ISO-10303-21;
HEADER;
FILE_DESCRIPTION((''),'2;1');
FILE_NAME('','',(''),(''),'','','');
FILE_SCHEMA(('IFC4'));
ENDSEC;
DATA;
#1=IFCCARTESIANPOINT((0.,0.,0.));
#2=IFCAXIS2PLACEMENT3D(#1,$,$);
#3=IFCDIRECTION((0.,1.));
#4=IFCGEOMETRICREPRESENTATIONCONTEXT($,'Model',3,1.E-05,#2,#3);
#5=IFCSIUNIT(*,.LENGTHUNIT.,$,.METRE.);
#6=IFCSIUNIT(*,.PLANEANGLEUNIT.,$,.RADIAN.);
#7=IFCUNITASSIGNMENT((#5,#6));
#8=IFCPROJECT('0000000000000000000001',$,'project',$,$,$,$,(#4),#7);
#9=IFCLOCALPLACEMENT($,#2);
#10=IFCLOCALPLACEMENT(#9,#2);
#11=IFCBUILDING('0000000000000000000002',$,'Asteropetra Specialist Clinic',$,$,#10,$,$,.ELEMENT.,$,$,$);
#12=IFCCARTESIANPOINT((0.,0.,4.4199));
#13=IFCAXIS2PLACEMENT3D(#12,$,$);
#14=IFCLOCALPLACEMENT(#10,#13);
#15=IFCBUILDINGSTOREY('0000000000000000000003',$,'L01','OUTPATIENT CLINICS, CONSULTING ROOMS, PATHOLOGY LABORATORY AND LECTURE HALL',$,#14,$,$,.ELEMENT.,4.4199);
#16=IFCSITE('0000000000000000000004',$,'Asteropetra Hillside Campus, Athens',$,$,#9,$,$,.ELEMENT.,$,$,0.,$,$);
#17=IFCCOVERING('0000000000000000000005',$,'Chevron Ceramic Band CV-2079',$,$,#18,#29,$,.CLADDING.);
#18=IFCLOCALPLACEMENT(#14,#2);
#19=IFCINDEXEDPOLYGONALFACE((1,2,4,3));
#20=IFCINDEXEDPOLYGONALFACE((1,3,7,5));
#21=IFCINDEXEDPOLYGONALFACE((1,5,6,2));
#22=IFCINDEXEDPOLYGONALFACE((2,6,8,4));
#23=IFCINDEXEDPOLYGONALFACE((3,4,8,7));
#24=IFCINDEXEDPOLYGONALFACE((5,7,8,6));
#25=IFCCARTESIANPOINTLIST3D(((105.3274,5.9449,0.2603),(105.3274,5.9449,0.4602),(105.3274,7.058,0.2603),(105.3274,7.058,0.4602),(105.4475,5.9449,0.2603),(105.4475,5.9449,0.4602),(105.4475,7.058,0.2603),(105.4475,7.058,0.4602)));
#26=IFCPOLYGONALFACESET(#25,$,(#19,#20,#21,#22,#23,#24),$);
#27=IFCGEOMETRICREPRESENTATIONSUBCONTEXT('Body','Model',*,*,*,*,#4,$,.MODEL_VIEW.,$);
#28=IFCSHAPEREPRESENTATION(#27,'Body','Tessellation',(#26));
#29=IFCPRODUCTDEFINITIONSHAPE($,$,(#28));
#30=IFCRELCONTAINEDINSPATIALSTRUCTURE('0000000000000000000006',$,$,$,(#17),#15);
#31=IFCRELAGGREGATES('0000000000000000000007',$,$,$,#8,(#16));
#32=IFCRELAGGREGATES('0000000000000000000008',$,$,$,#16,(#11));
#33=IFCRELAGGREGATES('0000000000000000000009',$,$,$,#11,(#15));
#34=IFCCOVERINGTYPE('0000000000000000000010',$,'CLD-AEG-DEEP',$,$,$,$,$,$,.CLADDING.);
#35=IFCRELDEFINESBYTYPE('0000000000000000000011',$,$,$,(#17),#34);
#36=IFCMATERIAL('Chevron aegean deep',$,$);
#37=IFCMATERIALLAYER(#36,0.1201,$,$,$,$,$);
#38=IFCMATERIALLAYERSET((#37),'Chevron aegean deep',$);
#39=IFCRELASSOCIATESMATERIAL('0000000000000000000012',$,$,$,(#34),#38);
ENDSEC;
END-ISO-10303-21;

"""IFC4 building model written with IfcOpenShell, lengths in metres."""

from ifc_helpers import new_model, si_unit, direction, frame, origin, origin_2d, place, context, subcontext, project, spatial, rectangle, extrude, material, layer, layer_set, type_object, element, save


model = new_model("IFC4")

# Units and contexts
model_context = context("Model", 3, precision=1e-05, world=origin(), true_north=direction((0.0, 1.0)))
body_context = subcontext(model_context, "Body", "Model", "MODEL_VIEW")
ifc_project = project(units=[si_unit("LENGTHUNIT", "METRE"), si_unit("PLANEANGLEUNIT", "RADIAN")], contexts=[model_context])

# Site, building, storey
site_placement = place(None, origin())
site = spatial("IfcSite", under=ifc_project, at=site_placement, Name="Asteropetra Hillside Campus, Athens", CompositionType="ELEMENT", RefElevation=0.0)
building_placement = place(site_placement, origin())
building = spatial("IfcBuilding", under=site, at=building_placement, Name="Asteropetra Specialist Clinic", CompositionType="ELEMENT")
storey_placement = place(building_placement, frame((0.0, 0.0, 4.4199)))
storey = spatial("IfcBuildingStorey", under=building, at=storey_placement, Name="L01", Description="OUTPATIENT CLINICS, CONSULTING ROOMS, PATHOLOGY LABORATORY AND LECTURE HALL", CompositionType="ELEMENT", Elevation=4.4199)

# Covering
ifc_material_1 = material(Name="Chevron aegean deep")
ifc_layer = layer(ifc_material_1, 0.1201)
ifc_layer_set = layer_set([ifc_layer], Name="Chevron aegean deep")
covering_type = type_object("IfcCoveringType", Name="CLD-AEG-DEEP", PredefinedType="CLADDING", material=ifc_layer_set)
for number, where, z_axis, x_axis, name in (
    (1, (105.3875, 6.5015, 0.2603), (0.0, 0.0, 1.0), (1.0, 0.0, 0.0), "Chevron Ceramic Band CV-2079"),
):
    element("IfcCovering", number, at=place(storey_placement, frame(where, z_axis=z_axis, x_axis=x_axis)), inside=storey, type_object=covering_type, Name=name, PredefinedType="CLADDING", context=body_context, shape_type="SweptSolid", body=[
        extrude(rectangle(XDim=0.1201, YDim=1.113, at=origin_2d()), origin(), (0.0, 0.0, 1.0), 0.2),
    ])

save(model, "model.ifc")
